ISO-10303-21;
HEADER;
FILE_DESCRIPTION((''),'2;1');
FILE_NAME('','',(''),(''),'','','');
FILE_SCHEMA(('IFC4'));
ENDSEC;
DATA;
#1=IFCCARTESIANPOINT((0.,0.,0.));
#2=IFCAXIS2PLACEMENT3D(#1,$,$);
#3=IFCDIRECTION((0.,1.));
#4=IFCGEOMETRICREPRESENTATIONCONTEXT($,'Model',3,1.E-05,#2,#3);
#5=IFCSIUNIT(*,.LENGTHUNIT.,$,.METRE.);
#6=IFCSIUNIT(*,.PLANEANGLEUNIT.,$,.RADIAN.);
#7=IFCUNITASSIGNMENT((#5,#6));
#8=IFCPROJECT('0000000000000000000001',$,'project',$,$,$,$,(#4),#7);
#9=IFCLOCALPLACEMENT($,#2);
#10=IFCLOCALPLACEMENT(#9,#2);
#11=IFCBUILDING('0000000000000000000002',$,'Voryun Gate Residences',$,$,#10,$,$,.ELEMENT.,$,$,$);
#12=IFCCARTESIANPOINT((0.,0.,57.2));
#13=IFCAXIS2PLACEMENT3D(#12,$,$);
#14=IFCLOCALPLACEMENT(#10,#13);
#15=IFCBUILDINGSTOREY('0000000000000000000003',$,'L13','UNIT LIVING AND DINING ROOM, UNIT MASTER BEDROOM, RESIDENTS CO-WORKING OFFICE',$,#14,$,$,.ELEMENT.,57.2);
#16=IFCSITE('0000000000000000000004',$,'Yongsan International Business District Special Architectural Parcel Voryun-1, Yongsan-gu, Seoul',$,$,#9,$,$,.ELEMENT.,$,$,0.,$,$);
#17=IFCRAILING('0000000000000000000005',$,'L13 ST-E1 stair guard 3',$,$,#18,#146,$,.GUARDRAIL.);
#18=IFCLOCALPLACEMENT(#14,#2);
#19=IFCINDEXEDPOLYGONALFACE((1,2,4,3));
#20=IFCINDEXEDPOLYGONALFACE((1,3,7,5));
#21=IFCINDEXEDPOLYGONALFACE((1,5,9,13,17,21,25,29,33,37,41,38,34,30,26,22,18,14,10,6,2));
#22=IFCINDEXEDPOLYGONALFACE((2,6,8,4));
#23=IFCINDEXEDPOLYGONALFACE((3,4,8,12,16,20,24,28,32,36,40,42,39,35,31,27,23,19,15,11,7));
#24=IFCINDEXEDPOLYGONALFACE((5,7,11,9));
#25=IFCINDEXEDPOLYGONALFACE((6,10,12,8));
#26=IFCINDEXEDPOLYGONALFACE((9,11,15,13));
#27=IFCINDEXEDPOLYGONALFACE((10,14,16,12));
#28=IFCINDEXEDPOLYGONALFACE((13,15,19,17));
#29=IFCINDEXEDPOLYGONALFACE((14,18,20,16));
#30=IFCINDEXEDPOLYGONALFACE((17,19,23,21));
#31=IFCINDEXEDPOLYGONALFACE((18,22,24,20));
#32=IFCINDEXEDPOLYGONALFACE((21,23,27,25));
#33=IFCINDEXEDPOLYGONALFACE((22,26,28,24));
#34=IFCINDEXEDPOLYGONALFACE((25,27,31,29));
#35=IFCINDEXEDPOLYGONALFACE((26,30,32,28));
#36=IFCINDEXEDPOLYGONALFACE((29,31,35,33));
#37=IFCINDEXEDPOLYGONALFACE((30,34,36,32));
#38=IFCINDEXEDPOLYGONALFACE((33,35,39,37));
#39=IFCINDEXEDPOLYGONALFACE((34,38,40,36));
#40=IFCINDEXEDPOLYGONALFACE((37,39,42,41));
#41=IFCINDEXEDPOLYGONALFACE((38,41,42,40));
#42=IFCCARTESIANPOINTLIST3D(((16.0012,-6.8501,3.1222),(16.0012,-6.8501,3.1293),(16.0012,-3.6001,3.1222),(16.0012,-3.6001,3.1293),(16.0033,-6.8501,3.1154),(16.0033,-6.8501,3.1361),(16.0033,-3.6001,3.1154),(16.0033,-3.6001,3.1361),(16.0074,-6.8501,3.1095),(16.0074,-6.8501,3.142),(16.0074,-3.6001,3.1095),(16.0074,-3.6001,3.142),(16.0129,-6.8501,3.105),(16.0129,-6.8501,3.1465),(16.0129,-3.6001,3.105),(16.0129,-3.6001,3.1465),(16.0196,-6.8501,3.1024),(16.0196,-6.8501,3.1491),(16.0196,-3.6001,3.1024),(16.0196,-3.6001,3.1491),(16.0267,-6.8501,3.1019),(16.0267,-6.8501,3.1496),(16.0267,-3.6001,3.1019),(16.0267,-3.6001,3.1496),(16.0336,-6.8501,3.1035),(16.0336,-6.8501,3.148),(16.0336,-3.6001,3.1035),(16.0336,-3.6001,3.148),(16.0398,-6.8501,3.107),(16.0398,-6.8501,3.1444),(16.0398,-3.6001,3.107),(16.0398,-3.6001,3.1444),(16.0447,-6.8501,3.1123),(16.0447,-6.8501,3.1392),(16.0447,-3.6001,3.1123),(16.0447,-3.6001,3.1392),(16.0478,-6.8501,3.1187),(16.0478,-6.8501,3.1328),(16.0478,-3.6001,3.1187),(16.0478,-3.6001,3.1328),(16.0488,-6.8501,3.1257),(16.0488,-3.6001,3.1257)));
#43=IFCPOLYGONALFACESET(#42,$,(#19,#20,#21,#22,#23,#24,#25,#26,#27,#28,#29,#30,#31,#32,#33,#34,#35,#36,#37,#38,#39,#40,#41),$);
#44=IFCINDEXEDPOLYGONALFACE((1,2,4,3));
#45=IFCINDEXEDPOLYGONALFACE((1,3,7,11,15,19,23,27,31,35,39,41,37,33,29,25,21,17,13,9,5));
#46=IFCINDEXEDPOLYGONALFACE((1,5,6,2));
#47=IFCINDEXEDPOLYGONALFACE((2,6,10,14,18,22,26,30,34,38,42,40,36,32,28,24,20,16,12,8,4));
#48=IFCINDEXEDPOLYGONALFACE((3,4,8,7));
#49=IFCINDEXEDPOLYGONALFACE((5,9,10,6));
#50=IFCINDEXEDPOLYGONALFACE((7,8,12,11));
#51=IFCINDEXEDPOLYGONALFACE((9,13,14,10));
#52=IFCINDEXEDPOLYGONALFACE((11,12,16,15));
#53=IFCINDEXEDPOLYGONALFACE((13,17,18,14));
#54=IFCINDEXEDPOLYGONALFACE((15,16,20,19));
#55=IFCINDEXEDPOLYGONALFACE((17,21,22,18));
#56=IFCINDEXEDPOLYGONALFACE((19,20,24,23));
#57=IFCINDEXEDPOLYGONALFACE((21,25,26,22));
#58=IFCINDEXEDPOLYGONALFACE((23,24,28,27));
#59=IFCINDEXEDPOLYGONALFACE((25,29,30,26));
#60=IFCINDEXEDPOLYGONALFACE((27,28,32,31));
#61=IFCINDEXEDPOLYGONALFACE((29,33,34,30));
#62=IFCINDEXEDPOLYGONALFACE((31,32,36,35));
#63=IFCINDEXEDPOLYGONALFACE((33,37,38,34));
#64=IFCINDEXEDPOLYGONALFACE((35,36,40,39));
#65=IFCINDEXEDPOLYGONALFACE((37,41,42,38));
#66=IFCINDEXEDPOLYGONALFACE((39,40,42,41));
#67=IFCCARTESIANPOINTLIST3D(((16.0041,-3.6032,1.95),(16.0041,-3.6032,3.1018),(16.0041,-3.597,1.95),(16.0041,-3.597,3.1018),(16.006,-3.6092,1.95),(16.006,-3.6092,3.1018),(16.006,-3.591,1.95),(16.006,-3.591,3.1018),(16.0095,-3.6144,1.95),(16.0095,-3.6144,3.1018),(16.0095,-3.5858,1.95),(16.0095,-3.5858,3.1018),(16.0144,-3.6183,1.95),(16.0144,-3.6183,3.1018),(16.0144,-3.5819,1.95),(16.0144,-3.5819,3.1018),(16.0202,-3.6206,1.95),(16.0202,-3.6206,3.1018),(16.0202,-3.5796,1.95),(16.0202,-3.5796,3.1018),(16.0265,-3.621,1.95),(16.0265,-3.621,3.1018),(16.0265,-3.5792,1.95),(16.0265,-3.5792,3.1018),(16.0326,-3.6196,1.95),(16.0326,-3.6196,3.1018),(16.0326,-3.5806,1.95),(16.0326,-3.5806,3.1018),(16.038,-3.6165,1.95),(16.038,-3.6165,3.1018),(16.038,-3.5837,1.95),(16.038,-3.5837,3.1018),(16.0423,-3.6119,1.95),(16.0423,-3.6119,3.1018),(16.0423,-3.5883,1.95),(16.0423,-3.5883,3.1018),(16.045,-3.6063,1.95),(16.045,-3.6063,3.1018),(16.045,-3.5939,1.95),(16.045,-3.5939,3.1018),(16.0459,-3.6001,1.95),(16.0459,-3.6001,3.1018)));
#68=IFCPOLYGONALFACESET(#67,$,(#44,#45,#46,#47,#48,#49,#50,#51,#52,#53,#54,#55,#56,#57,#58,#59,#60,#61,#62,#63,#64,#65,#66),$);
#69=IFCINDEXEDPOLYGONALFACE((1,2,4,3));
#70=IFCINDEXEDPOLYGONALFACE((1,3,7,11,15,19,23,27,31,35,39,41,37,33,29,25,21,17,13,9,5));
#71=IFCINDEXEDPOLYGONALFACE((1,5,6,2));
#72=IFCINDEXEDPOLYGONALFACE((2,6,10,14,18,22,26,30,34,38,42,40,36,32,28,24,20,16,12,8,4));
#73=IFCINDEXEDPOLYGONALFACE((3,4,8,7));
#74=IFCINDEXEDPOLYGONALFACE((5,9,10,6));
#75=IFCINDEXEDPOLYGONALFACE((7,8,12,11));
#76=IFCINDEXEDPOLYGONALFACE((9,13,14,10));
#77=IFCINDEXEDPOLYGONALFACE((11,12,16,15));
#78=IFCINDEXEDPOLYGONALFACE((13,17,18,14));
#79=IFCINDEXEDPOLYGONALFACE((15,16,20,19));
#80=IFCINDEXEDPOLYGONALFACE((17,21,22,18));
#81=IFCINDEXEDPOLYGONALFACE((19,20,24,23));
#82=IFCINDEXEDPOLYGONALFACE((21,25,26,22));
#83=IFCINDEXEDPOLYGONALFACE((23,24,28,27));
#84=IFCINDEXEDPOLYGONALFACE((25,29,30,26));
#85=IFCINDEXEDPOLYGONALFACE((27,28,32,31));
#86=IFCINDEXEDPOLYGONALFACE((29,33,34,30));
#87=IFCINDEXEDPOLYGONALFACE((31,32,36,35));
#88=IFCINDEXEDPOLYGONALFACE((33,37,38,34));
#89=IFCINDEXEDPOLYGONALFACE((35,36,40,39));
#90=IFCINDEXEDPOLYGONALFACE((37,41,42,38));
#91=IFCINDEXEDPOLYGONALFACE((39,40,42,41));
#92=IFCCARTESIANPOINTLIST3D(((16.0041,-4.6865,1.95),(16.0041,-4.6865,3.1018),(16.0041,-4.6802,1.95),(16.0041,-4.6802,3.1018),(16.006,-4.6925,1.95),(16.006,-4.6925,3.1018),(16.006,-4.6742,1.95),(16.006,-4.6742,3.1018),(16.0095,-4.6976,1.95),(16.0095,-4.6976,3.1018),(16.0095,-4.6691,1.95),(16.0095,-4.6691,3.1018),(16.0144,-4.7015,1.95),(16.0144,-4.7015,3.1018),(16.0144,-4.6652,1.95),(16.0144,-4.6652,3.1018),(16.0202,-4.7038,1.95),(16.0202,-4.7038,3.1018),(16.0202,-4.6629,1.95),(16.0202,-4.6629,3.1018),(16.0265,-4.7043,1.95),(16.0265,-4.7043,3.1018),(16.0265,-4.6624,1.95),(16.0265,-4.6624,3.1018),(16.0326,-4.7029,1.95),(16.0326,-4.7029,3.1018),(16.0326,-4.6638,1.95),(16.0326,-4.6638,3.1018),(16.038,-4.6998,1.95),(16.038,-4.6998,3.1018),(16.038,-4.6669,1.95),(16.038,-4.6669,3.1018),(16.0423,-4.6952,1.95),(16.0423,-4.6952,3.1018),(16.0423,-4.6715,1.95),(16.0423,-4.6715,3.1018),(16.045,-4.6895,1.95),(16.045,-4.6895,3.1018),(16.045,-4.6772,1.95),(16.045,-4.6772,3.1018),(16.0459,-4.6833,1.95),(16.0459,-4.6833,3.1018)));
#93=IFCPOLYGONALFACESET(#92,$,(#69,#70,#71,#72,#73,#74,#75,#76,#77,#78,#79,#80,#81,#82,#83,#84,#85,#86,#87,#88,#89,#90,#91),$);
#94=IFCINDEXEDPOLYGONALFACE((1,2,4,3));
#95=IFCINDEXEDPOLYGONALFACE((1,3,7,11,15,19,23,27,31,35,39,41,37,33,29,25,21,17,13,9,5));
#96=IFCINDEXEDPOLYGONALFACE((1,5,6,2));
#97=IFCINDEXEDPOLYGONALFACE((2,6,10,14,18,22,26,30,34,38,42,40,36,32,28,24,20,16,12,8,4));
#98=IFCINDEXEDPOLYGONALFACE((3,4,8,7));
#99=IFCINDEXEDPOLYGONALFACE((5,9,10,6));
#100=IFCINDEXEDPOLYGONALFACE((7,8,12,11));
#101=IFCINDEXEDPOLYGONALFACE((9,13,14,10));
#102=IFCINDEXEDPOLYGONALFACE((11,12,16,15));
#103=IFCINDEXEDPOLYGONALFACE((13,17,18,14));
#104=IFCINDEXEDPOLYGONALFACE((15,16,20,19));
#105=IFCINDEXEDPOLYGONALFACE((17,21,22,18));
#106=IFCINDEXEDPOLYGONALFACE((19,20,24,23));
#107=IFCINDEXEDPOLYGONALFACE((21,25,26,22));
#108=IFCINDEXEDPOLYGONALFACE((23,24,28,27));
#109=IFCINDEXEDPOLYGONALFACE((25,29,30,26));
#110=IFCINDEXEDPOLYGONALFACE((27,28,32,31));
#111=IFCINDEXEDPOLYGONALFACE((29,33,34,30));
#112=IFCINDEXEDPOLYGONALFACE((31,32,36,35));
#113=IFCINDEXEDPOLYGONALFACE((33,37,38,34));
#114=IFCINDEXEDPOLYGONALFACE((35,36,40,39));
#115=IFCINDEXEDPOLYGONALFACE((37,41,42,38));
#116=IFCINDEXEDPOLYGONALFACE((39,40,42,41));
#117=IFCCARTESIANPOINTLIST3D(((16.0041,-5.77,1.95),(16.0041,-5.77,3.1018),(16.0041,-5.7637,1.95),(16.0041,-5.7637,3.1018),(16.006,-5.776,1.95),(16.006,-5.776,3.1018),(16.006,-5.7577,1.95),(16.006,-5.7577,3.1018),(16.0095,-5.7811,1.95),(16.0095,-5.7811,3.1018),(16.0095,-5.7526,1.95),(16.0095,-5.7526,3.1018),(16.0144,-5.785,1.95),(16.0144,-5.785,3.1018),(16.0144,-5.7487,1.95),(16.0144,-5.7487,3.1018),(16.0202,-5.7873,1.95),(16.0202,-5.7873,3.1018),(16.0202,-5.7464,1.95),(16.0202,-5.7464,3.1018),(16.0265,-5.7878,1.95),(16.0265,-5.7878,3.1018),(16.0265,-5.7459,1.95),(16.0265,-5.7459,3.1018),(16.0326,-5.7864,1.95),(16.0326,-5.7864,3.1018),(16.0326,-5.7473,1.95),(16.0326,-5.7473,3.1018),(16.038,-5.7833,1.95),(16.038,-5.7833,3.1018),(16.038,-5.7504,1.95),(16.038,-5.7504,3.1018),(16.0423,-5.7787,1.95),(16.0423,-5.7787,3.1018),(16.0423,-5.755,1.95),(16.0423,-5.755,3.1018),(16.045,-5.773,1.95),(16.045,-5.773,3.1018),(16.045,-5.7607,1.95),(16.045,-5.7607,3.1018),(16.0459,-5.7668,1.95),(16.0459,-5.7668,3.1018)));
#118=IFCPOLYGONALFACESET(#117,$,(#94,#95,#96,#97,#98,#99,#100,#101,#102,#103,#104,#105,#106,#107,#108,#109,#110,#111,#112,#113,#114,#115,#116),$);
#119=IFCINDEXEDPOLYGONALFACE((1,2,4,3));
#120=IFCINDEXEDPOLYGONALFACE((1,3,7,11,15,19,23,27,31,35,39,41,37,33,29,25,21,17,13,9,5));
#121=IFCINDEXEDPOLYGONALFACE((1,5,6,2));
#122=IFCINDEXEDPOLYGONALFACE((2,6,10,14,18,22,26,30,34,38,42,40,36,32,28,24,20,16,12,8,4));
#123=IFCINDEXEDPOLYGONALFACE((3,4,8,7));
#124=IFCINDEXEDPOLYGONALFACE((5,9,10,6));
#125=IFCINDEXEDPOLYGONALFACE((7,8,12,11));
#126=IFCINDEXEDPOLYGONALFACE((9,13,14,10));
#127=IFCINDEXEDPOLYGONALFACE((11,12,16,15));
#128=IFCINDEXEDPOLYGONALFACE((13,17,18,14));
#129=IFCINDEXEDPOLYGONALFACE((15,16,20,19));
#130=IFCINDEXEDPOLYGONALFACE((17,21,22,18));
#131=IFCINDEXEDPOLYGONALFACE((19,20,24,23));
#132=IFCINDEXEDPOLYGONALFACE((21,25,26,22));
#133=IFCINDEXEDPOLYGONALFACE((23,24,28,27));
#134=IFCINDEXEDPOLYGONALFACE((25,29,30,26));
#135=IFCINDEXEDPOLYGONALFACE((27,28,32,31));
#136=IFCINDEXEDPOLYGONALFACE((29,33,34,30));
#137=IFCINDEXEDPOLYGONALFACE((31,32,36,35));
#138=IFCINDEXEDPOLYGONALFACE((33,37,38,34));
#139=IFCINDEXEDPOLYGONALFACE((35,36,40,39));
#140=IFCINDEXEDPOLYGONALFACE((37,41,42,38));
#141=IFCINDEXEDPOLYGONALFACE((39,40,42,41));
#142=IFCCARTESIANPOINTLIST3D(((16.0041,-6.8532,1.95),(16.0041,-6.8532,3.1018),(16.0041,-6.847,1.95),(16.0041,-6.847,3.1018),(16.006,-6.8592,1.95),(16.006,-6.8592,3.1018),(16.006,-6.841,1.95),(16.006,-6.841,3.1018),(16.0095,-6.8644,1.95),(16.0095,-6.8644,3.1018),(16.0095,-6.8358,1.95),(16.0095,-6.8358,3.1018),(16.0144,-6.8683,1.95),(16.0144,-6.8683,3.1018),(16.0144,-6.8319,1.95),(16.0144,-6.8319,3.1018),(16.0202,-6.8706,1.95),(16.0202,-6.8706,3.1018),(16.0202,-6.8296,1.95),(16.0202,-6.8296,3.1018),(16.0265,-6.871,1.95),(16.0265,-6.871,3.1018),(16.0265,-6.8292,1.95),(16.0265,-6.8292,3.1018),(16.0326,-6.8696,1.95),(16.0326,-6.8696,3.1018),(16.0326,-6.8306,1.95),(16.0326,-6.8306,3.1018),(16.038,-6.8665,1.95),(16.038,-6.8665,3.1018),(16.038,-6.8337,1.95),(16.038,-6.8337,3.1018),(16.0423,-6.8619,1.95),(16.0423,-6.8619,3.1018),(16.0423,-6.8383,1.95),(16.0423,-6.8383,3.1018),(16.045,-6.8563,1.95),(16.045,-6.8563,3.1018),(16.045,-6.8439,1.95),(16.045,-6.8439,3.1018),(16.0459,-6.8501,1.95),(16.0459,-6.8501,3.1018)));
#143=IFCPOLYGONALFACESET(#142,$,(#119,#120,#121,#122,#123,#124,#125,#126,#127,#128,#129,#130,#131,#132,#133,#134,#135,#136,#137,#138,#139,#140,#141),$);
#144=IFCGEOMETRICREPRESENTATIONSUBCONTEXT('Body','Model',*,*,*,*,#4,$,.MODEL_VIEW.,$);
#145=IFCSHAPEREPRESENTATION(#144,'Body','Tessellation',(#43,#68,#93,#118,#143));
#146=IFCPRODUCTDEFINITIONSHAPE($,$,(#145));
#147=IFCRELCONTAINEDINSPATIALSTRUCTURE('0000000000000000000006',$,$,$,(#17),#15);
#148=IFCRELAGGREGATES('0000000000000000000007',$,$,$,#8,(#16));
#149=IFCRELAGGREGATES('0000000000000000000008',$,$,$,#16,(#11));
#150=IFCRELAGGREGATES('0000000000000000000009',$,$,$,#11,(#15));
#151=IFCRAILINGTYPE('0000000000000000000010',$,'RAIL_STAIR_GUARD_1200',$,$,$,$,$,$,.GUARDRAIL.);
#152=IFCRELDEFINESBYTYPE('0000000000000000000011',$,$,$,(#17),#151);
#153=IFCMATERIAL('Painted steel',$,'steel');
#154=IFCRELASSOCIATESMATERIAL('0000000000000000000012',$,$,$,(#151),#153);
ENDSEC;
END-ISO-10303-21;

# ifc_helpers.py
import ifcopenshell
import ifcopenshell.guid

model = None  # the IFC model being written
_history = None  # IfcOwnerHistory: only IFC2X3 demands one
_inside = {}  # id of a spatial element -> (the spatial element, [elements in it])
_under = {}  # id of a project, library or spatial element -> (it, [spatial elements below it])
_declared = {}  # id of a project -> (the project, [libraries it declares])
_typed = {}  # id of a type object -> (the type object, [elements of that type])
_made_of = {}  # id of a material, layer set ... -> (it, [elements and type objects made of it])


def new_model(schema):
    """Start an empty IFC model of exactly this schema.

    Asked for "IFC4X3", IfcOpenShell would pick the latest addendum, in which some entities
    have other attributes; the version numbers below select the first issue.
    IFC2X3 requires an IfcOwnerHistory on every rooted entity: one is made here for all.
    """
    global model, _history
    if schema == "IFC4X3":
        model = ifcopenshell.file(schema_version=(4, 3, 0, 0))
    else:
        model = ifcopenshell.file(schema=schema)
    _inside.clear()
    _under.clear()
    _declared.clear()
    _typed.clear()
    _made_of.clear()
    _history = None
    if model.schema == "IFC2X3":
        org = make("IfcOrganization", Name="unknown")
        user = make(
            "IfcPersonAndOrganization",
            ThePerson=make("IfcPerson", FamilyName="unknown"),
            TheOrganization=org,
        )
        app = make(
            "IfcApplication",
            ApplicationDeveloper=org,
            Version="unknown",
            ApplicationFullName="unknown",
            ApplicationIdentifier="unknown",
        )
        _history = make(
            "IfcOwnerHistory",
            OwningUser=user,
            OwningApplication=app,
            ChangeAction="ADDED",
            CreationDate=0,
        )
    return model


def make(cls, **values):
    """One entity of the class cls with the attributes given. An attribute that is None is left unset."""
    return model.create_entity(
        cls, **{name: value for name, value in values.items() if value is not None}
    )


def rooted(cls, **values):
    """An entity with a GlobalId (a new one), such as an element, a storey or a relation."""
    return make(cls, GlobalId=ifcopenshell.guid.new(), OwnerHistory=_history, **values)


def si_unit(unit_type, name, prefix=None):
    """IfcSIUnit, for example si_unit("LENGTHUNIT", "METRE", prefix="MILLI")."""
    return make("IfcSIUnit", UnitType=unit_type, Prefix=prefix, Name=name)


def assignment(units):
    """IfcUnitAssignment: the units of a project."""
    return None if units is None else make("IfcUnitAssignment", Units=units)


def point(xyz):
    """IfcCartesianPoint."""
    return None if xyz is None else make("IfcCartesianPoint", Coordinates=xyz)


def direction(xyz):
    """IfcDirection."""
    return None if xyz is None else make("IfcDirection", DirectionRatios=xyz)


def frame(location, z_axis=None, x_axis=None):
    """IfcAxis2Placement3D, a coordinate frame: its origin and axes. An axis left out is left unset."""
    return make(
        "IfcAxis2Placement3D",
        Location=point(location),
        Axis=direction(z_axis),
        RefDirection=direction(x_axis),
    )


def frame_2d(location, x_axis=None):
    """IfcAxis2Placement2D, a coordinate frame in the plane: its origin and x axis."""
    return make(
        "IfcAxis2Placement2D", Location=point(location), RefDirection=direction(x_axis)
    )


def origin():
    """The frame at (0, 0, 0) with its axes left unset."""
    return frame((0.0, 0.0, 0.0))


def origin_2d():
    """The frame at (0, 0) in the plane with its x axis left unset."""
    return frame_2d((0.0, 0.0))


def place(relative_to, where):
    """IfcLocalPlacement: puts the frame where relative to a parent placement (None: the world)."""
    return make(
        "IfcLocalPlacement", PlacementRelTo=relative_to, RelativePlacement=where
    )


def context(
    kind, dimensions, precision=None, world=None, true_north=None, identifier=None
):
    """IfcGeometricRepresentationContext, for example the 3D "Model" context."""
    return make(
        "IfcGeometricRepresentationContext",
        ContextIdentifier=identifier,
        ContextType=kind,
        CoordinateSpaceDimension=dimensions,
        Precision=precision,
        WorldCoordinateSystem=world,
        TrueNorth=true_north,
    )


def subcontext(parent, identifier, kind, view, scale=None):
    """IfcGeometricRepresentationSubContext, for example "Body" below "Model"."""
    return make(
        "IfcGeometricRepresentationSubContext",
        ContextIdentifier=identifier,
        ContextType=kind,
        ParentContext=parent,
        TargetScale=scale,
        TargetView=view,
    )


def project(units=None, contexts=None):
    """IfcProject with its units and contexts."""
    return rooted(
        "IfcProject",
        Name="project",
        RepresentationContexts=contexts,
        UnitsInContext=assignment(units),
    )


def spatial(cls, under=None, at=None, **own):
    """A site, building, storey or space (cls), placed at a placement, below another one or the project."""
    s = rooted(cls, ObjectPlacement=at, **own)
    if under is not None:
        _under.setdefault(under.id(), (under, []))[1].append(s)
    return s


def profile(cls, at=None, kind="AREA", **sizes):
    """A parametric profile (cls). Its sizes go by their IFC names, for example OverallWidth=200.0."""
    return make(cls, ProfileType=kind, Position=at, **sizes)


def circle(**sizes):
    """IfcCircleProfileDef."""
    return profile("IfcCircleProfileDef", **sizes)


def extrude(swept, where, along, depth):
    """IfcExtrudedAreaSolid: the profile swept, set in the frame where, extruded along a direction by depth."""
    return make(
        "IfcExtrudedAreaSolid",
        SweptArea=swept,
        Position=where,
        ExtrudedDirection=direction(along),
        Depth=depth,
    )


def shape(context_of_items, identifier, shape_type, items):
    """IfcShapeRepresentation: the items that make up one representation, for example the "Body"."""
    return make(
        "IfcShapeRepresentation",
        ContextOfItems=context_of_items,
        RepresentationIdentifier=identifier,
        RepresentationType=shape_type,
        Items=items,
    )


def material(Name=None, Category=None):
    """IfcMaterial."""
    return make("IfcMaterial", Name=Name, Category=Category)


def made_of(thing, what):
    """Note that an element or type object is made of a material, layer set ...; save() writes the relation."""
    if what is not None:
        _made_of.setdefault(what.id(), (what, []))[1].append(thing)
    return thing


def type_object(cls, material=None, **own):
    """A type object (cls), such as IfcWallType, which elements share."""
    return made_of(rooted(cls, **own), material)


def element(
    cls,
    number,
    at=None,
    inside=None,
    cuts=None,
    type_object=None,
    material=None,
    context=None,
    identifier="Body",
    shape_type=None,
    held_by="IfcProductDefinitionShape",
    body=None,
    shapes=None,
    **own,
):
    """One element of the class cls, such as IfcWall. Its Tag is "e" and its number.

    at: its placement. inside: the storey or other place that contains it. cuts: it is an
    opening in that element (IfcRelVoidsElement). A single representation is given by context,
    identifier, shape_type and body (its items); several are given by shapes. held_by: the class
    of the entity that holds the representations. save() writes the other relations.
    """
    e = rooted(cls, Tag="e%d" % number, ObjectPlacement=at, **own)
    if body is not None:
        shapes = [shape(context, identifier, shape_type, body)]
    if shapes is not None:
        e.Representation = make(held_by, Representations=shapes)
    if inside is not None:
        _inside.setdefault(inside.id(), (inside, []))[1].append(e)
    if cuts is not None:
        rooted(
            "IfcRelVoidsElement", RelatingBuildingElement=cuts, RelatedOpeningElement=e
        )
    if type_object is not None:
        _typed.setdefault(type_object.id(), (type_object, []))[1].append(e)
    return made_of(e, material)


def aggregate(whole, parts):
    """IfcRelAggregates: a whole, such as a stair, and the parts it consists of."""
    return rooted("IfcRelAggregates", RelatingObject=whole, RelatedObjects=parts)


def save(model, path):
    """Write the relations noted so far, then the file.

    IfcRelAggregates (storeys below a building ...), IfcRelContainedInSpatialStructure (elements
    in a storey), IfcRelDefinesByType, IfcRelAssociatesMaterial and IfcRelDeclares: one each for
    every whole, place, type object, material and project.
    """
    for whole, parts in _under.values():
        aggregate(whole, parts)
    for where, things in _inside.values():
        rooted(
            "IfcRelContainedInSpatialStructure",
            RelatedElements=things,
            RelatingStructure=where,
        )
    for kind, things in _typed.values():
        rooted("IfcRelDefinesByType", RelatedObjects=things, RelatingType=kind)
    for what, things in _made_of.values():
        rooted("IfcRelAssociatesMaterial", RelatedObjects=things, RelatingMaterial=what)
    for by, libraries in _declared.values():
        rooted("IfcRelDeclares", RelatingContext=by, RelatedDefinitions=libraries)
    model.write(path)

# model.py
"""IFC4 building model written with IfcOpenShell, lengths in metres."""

from ifc_helpers import new_model, si_unit, direction, frame, origin, origin_2d, place, context, subcontext, project, spatial, circle, extrude, material, type_object, element, save


model = new_model("IFC4")

# Units and contexts
model_context = context("Model", 3, precision=1e-05, world=origin(), true_north=direction((0.0, 1.0)))
body_context = subcontext(model_context, "Body", "Model", "MODEL_VIEW")
ifc_project = project(units=[si_unit("LENGTHUNIT", "METRE"), si_unit("PLANEANGLEUNIT", "RADIAN")], contexts=[model_context])

# Site, building, storey
site_placement = place(None, origin())
site = spatial("IfcSite", under=ifc_project, at=site_placement, Name="Yongsan International Business District Special Architectural Parcel Voryun-1, Yongsan-gu, Seoul", CompositionType="ELEMENT", RefElevation=0.0)
building_placement = place(site_placement, origin())
building = spatial("IfcBuilding", under=site, at=building_placement, Name="Voryun Gate Residences", CompositionType="ELEMENT")
storey_placement = place(building_placement, frame((0.0, 0.0, 57.2)))
storey = spatial("IfcBuildingStorey", under=building, at=storey_placement, Name="L13", Description="UNIT LIVING AND DINING ROOM, UNIT MASTER BEDROOM, RESIDENTS CO-WORKING OFFICE", CompositionType="ELEMENT", Elevation=57.2)

# Railing
ifc_material_1 = material(Name="Painted steel", Category="steel")
railing_type_1 = type_object("IfcRailingType", Name="RAIL_STAIR_GUARD_1200", PredefinedType="GUARDRAIL", material=ifc_material_1)
for number, where, name in (
    (1, (16.0249, -3.6001, 1.95), "L13 ST-E1 stair guard 3"),
):
    element("IfcRailing", number, at=place(storey_placement, frame(where)), inside=storey, type_object=railing_type_1, Name=name, PredefinedType="GUARDRAIL", context=body_context, shape_type="SweptSolid", body=[
        extrude(circle(Radius=0.0239, at=origin_2d()), frame((0.0, 0.0, 1.1758), z_axis=(0.0, -1.0, 0.0), x_axis=(1.0, 0.0, 0.0)), (0.0, 0.0, 1.0), 3.25),
        extrude(circle(Radius=0.021, at=origin_2d()), origin(), (0.0, 0.0, 1.0), 1.1519),
        extrude(circle(Radius=0.021, at=origin_2d()), frame((0.0, -1.0833, 0.0)), (0.0, 0.0, 1.0), 1.1519),
        extrude(circle(Radius=0.021, at=origin_2d()), frame((0.0, -2.1667, 0.0)), (0.0, 0.0, 1.0), 1.1519),
        extrude(circle(Radius=0.021, at=origin_2d()), frame((0.0, -3.25, 0.0)), (0.0, 0.0, 1.0), 1.1519),
    ])

save(model, "model.ifc")
